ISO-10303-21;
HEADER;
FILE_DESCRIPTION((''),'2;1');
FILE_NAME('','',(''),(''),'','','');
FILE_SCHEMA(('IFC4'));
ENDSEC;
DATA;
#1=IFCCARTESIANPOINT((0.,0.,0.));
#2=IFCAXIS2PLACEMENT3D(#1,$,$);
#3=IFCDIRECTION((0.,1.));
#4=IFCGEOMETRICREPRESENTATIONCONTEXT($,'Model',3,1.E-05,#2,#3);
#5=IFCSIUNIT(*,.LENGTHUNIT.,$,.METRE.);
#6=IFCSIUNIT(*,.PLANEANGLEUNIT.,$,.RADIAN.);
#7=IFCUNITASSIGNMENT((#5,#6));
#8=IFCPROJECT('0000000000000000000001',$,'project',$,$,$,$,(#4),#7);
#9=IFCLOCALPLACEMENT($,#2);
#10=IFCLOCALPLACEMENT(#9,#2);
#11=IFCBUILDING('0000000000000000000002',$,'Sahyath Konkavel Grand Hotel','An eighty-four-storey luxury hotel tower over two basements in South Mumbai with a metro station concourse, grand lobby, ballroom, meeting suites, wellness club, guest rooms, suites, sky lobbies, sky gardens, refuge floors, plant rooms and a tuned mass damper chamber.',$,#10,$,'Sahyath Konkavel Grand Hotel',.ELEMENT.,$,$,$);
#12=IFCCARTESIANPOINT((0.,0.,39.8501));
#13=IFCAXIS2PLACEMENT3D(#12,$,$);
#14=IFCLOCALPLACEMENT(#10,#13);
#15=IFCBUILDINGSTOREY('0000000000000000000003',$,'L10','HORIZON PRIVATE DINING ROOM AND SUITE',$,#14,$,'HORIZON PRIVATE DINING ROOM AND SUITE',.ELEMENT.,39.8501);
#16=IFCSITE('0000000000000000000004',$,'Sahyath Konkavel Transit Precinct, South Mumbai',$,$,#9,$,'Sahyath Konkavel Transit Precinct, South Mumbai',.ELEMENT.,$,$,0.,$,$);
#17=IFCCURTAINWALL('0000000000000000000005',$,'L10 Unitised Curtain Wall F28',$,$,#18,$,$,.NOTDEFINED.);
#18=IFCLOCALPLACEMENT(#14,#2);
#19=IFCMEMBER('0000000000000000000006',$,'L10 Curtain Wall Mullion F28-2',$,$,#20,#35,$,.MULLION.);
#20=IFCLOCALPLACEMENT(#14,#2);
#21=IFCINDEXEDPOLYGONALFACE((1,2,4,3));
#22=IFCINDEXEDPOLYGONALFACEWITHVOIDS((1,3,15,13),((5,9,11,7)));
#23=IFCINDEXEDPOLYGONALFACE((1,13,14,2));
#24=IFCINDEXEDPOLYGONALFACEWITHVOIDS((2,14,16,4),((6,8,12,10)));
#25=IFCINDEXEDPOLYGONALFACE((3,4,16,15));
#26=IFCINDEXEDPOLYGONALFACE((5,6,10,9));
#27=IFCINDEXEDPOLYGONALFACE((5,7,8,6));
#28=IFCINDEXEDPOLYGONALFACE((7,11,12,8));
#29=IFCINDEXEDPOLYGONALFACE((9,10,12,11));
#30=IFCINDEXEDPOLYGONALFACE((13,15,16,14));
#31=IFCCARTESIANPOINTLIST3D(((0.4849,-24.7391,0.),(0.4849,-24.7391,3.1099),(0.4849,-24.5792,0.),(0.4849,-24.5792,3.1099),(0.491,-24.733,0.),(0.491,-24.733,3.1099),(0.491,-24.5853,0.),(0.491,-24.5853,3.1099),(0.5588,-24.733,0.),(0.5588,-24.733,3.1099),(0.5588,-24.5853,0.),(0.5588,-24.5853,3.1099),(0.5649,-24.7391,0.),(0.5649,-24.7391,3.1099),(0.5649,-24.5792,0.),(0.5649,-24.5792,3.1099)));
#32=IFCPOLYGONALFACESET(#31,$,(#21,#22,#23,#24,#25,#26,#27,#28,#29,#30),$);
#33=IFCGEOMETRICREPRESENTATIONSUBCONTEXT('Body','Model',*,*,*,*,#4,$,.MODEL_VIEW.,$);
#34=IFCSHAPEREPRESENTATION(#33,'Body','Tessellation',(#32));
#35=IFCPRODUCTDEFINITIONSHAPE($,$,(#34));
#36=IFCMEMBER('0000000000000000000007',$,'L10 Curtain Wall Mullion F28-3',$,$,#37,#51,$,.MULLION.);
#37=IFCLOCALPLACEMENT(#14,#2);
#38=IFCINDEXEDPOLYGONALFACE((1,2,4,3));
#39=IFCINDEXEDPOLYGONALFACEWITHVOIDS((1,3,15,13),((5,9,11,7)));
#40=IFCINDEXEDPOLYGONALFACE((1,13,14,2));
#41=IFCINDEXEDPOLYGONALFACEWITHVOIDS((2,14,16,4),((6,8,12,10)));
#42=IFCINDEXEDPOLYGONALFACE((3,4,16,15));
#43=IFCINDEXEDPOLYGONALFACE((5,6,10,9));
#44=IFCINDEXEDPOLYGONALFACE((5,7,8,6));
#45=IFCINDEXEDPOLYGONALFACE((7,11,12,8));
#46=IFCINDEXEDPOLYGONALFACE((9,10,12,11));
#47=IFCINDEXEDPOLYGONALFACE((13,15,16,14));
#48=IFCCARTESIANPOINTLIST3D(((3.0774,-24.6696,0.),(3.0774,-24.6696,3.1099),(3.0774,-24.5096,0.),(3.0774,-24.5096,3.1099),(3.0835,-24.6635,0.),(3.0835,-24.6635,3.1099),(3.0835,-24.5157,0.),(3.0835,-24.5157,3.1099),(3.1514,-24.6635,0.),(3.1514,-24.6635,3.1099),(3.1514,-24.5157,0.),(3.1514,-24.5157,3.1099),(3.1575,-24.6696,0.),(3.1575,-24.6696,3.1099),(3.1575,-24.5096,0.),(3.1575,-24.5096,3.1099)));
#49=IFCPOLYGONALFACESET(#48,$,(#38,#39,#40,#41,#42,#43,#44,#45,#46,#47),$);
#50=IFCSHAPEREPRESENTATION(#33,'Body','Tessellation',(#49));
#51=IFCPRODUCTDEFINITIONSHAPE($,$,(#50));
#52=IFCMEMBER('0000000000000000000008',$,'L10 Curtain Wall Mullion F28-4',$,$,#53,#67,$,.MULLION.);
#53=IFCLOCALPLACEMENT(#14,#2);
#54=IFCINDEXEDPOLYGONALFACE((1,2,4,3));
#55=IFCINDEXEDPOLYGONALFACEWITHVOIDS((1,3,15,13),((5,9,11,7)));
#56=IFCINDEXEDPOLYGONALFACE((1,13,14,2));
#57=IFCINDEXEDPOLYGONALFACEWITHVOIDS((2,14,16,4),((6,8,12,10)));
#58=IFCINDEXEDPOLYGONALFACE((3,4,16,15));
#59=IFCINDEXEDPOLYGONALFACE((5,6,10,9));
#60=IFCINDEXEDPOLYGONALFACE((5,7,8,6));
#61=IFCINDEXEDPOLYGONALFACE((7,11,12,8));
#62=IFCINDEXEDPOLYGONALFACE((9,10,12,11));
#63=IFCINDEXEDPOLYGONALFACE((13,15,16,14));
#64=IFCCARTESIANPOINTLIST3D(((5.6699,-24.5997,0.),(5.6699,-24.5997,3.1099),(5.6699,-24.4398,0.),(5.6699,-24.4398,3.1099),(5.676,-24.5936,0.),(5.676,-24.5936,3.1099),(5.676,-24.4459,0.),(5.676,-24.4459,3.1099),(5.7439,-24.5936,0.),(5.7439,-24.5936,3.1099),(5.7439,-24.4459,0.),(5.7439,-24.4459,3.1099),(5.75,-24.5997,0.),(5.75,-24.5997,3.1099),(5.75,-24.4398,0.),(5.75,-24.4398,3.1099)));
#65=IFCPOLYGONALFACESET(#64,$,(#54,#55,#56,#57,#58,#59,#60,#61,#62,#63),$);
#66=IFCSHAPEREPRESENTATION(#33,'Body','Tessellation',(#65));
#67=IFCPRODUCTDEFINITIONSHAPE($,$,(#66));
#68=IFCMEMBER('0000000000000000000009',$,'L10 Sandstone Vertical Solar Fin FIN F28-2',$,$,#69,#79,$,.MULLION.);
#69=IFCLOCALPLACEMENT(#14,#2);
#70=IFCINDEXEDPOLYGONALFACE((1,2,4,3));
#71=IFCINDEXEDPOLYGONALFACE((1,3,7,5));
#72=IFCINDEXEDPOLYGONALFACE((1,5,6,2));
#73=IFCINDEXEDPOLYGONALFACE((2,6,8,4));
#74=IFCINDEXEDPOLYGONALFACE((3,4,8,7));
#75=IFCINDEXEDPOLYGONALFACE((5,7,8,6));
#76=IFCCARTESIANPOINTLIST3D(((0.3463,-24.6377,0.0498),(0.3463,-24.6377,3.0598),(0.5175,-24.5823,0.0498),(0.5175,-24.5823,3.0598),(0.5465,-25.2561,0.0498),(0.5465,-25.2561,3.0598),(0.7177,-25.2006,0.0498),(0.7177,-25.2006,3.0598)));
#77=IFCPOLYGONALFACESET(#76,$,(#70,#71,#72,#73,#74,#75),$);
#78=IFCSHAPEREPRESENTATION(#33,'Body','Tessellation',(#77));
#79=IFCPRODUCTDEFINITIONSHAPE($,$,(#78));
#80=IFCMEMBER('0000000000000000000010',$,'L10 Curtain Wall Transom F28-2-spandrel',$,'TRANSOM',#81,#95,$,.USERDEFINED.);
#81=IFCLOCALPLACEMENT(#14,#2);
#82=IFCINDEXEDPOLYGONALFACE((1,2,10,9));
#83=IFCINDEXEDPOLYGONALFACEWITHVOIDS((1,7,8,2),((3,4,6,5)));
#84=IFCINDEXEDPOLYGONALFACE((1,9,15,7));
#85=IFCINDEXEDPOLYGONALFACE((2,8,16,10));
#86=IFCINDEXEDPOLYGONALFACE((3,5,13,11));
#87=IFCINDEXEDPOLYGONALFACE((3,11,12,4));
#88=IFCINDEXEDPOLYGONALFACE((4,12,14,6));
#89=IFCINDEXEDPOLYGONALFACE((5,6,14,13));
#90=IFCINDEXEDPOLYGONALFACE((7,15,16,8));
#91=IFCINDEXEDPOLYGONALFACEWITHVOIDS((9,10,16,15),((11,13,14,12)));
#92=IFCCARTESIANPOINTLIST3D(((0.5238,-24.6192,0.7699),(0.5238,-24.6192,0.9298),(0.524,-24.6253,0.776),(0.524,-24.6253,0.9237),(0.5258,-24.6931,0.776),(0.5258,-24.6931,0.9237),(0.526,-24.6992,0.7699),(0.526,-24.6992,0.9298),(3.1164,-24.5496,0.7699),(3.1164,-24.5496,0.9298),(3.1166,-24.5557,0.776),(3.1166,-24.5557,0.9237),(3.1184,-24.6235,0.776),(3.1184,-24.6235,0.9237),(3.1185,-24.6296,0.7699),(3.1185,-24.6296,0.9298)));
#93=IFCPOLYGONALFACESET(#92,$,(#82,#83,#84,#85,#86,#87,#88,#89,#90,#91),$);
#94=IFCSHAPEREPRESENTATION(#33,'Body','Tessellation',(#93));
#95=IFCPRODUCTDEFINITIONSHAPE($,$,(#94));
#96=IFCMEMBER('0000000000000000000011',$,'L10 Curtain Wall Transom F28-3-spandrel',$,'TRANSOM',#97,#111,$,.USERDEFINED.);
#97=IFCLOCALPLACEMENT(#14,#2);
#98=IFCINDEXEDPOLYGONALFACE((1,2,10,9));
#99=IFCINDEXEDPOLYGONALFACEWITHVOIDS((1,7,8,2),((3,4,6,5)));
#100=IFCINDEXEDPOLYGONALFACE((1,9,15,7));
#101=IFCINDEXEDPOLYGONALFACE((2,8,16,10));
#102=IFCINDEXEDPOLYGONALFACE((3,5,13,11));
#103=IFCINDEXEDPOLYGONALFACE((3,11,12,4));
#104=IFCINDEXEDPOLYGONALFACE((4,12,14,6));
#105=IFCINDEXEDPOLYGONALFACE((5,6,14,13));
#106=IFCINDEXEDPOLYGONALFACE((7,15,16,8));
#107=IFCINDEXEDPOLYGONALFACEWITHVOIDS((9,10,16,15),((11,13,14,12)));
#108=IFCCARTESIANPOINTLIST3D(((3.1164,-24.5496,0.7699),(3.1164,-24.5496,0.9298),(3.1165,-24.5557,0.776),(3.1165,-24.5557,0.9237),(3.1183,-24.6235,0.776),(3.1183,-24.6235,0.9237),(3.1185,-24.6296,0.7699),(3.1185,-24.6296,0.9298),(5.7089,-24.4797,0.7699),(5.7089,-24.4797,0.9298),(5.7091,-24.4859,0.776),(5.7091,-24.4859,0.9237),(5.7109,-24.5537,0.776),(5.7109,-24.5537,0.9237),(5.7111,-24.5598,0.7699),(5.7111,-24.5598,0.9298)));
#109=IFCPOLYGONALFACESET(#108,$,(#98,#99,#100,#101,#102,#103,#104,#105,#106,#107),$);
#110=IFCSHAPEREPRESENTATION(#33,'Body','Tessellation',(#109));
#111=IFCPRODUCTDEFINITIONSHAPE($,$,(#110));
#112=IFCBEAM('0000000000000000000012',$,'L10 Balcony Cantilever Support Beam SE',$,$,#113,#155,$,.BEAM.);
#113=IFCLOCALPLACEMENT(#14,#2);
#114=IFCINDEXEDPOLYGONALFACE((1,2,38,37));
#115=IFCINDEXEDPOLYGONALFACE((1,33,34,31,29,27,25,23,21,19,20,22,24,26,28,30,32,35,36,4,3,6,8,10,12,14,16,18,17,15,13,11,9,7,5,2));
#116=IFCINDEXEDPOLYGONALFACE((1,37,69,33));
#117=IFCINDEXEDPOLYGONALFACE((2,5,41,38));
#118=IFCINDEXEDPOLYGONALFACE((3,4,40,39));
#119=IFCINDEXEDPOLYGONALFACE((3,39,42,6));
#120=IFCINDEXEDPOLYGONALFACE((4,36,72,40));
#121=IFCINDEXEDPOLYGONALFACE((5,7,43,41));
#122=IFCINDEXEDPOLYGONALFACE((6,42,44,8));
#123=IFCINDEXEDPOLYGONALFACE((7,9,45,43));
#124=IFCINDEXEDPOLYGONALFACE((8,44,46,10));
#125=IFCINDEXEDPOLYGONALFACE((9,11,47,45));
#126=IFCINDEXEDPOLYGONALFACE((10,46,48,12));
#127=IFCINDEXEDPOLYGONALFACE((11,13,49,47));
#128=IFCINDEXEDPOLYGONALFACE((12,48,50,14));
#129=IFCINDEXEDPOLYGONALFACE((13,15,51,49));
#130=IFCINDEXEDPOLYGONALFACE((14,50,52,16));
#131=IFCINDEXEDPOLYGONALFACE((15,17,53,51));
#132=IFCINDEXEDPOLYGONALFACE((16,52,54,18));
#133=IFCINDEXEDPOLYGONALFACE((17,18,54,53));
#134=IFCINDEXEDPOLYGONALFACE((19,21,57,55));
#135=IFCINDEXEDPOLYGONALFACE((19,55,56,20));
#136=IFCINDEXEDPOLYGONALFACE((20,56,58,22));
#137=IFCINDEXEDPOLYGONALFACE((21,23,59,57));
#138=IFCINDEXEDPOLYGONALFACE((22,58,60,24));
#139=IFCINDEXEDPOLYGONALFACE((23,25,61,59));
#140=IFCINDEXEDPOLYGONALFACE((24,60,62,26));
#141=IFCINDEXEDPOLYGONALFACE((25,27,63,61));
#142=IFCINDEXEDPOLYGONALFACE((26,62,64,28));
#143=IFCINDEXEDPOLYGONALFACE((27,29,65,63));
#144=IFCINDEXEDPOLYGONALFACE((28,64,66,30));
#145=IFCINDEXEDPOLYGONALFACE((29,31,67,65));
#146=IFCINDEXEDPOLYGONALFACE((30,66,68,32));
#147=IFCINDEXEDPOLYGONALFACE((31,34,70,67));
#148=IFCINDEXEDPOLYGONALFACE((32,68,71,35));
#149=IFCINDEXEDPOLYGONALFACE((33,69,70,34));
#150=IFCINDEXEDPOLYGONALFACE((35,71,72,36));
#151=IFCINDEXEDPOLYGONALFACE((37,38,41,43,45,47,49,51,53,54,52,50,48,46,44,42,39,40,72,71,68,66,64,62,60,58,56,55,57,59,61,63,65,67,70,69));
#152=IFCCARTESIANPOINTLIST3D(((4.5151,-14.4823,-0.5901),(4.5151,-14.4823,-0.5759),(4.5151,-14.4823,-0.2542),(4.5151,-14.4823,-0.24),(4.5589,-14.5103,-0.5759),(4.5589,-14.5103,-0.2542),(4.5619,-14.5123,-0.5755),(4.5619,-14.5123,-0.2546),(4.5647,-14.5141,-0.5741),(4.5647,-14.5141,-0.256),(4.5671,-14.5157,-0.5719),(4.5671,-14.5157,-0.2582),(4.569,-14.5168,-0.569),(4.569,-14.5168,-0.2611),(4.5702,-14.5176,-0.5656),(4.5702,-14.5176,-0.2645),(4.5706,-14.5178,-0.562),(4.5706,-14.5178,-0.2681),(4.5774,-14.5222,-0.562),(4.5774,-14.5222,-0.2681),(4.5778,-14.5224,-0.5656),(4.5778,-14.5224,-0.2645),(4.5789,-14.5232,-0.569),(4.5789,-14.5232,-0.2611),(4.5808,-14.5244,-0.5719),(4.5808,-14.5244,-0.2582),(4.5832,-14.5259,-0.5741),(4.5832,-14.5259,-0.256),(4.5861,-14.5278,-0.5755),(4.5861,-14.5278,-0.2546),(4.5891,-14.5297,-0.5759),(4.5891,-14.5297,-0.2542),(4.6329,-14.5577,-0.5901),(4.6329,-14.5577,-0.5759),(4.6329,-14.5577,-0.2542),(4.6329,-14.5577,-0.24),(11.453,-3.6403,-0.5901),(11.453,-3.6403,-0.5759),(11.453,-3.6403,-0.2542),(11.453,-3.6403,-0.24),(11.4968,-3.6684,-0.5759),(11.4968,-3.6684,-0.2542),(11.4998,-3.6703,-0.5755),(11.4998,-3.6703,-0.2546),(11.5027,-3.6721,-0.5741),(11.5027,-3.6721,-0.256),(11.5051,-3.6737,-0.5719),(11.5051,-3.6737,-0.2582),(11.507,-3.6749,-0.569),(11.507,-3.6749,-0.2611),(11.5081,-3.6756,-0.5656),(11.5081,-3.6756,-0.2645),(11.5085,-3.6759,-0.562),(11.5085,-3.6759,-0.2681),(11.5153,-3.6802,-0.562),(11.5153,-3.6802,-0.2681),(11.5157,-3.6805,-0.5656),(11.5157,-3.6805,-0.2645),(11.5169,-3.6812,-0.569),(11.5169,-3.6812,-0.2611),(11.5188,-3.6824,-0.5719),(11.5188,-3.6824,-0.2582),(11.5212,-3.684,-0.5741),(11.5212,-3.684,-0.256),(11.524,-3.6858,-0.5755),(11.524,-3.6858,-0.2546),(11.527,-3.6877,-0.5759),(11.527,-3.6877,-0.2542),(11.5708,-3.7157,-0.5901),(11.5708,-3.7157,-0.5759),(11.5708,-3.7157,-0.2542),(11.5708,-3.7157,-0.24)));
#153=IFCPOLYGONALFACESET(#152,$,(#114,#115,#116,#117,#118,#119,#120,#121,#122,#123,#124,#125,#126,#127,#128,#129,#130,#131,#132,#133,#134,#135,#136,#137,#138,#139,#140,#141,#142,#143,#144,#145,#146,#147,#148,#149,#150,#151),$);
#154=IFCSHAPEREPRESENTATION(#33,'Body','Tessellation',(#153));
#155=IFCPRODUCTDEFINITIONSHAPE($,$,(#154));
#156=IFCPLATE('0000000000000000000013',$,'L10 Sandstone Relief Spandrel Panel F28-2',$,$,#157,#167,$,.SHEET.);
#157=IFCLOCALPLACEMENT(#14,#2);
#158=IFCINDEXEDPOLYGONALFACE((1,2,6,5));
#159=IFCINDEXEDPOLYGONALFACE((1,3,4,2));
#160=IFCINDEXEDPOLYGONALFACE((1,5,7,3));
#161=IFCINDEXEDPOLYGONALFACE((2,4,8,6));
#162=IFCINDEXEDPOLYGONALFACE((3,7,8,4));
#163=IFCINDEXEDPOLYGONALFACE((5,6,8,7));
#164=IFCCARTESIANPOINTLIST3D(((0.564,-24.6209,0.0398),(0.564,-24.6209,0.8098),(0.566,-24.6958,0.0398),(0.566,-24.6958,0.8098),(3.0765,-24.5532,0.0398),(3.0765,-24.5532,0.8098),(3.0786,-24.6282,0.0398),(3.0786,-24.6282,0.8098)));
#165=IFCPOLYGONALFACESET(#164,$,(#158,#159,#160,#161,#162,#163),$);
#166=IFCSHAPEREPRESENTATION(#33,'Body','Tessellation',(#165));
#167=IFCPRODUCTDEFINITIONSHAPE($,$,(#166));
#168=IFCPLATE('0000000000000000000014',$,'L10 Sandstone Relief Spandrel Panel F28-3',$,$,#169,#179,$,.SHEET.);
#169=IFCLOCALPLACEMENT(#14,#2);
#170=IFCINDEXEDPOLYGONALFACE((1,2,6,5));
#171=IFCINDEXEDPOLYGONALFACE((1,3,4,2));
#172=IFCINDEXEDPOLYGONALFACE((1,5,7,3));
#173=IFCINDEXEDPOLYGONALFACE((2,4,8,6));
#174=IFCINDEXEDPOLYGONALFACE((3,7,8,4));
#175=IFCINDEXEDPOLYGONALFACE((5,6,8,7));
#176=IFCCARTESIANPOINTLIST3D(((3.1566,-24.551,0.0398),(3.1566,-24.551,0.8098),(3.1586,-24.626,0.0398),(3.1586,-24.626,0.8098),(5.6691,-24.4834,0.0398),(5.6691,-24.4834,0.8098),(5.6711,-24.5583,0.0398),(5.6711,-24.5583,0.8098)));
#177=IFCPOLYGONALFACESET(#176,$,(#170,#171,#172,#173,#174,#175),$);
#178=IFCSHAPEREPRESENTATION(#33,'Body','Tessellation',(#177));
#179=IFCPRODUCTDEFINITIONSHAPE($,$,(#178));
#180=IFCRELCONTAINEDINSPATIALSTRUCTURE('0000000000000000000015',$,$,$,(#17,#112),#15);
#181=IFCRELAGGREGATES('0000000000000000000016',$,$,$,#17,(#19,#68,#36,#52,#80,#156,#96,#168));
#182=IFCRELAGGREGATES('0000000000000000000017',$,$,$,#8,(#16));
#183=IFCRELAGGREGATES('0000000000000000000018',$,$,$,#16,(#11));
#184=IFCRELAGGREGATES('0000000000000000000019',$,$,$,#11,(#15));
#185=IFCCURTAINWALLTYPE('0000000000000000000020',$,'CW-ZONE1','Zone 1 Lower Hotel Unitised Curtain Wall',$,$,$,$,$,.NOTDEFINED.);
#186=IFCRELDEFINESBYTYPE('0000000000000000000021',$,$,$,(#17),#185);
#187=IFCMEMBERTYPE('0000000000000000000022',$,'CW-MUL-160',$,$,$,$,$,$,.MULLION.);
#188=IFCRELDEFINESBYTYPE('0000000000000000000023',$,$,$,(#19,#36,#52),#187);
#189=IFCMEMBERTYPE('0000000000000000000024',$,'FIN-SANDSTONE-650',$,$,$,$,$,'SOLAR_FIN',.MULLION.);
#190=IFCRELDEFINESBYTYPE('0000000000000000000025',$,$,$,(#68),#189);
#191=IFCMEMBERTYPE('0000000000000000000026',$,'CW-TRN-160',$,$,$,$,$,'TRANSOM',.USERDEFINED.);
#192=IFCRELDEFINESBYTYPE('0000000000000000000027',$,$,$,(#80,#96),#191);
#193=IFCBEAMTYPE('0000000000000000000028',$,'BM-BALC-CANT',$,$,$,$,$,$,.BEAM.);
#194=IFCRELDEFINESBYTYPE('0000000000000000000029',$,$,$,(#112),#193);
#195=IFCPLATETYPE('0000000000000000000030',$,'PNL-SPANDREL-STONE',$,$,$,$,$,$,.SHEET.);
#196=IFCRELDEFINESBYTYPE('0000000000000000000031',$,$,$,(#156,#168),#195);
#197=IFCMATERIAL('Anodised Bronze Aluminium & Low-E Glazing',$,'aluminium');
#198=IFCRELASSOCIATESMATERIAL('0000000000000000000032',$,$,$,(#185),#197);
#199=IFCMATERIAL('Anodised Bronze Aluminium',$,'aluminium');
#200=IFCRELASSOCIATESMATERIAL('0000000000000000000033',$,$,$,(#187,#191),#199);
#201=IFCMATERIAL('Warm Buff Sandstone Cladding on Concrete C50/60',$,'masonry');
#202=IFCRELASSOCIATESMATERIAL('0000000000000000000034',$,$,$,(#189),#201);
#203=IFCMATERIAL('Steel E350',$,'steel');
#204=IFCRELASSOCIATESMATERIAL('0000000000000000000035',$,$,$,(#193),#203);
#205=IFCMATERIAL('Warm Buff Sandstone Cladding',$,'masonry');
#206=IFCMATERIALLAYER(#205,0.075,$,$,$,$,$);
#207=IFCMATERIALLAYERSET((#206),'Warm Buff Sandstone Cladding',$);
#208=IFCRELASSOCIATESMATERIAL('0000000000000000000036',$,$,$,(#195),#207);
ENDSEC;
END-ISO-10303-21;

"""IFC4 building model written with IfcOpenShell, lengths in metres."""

from ifc_helpers import new_model, si_unit, direction, frame, origin, origin_2d, place, context, subcontext, project, spatial, rectangle, hollow_rectangle, i_section, extrude, source, transform, mapped, material, layer, layer_set, material_profile, profile_set, type_object, element, aggregate, save


model = new_model("IFC4")

# Units and contexts
model_context = context("Model", 3, precision=1e-05, world=origin(), true_north=direction((0.0, 1.0)))
body_context = subcontext(model_context, "Body", "Model", "MODEL_VIEW")
ifc_project = project(units=[si_unit("LENGTHUNIT", "METRE"), si_unit("PLANEANGLEUNIT", "RADIAN")], contexts=[model_context])

# Site, building, storey
site_placement = place(None, origin())
site = spatial("IfcSite", under=ifc_project, at=site_placement, Name="Sahyath Konkavel Transit Precinct, South Mumbai", LongName="Sahyath Konkavel Transit Precinct, South Mumbai", CompositionType="ELEMENT", RefElevation=0.0)
building_placement = place(site_placement, origin())
building = spatial("IfcBuilding", under=site, at=building_placement, Name="Sahyath Konkavel Grand Hotel", Description="An eighty-four-storey luxury hotel tower over two basements in South Mumbai with a metro station concourse, grand lobby, ballroom, meeting suites, wellness club, guest rooms, suites, sky lobbies, sky gardens, refuge floors, plant rooms and a tuned mass damper chamber.", LongName="Sahyath Konkavel Grand Hotel", CompositionType="ELEMENT")
storey_placement = place(building_placement, frame((0.0, 0.0, 39.8501)))
storey = spatial("IfcBuildingStorey", under=building, at=storey_placement, Name="L10", Description="HORIZON PRIVATE DINING ROOM AND SUITE", LongName="HORIZON PRIVATE DINING ROOM AND SUITE", CompositionType="ELEMENT", Elevation=39.8501)

# Curtain wall, members
ifc_material_1 = material(Name="Anodised Bronze Aluminium & Low-E Glazing", Category="aluminium")
curtain_wall_type = type_object("IfcCurtainWallType", Name="CW-ZONE1", Description="Zone 1 Lower Hotel Unitised Curtain Wall", PredefinedType="NOTDEFINED", material=ifc_material_1)
curtain_wall_placement = place(storey_placement, origin())
curtain_wall = element("IfcCurtainWall", 1, at=curtain_wall_placement, inside=storey, type_object=curtain_wall_type, Name="L10 Unitised Curtain Wall F28", PredefinedType="NOTDEFINED")
ifc_material_2 = material(Name="Anodised Bronze Aluminium", Category="aluminium")
ifc_material_profile_1 = material_profile(ifc_material_2, hollow_rectangle(XDim=0.0801, YDim=0.1599, WallThickness=0.0061, at=origin_2d()), Name="RHS 160x80x6")
ifc_profile_set_1 = profile_set([ifc_material_profile_1], Name="Anodised Bronze Aluminium")
member_type_1 = type_object("IfcMemberType", Name="CW-MUL-160", PredefinedType="MULLION", material=ifc_profile_set_1)
shared_shape_1 = source(origin(), body_context, "Body", "SweptSolid", [
    extrude(hollow_rectangle(XDim=0.0801, YDim=0.1599, WallThickness=0.0061, at=origin_2d()), origin(), (0.0, 0.0, 1.0), 3.1099),
])
member_1_placement = place(storey_placement, frame((0.5249, -24.6592, 0.0), z_axis=(0.0, 0.0, 1.0), x_axis=(1.0, 0.0, 0.0)))
member_1 = element("IfcMember", 2, at=member_1_placement, type_object=member_type_1, Name="L10 Curtain Wall Mullion F28-2", PredefinedType="MULLION", context=body_context, shape_type="MappedRepresentation", body=[
    mapped(shared_shape_1, transform((0.0, 0.0, 0.0), scale=1.0)),
])
member_2_placement = place(storey_placement, frame((3.1174, -24.5896, 0.0), z_axis=(0.0, 0.0, 1.0), x_axis=(1.0, 0.0, 0.0)))
member_2 = element("IfcMember", 3, at=member_2_placement, type_object=member_type_1, Name="L10 Curtain Wall Mullion F28-3", PredefinedType="MULLION", context=body_context, shape_type="MappedRepresentation", body=[
    mapped(shared_shape_1, transform((0.0, 0.0, 0.0), scale=1.0)),
])
member_3_placement = place(storey_placement, frame((5.71, -24.5198, 0.0), z_axis=(0.0, 0.0, 1.0), x_axis=(1.0, 0.0, 0.0)))
member_3 = element("IfcMember", 4, at=member_3_placement, type_object=member_type_1, Name="L10 Curtain Wall Mullion F28-4", PredefinedType="MULLION", context=body_context, shape_type="MappedRepresentation", body=[
    mapped(shared_shape_1, transform((0.0, 0.0, 0.0), scale=1.0)),
])
ifc_material_3 = material(Name="Warm Buff Sandstone Cladding on Concrete C50/60", Category="masonry")
ifc_material_profile_2 = material_profile(ifc_material_3, rectangle(XDim=0.1799, YDim=0.6499, at=origin_2d()), Name="FIN 180x650")
ifc_profile_set_2 = profile_set([ifc_material_profile_2], Name="Warm Buff Sandstone Cladding on Concrete C50/60")
member_type_2 = type_object("IfcMemberType", Name="FIN-SANDSTONE-650", ElementType="SOLAR_FIN", PredefinedType="MULLION", material=ifc_profile_set_2)
shared_shape_2 = source(origin(), body_context, "Body", "SweptSolid", [
    extrude(rectangle(XDim=0.1799, YDim=0.6499, at=origin_2d()), origin(), (0.0, 0.0, 1.0), 3.01),
])
member_4_placement = place(storey_placement, frame((0.532, -24.9192, 0.0498), z_axis=(0.0, 0.0, 1.0), x_axis=(0.95138, 0.308021, 0.0)))
member_4 = element("IfcMember", 5, at=member_4_placement, type_object=member_type_2, Name="L10 Sandstone Vertical Solar Fin FIN F28-2", PredefinedType="MULLION", context=body_context, shape_type="MappedRepresentation", body=[
    mapped(shared_shape_2, transform((0.0, 0.0, 0.0), scale=1.0)),
])
ifc_material_profile_3 = material_profile(ifc_material_2, hollow_rectangle(XDim=0.0801, YDim=0.1599, WallThickness=0.0061, at=origin_2d()), Name="RHS 160x80x6")
ifc_profile_set_3 = profile_set([ifc_material_profile_3], Name="Anodised Bronze Aluminium")
member_type_3 = type_object("IfcMemberType", Name="CW-TRN-160", ElementType="TRANSOM", PredefinedType="USERDEFINED", material=ifc_profile_set_3)
shared_shape_3 = source(origin(), body_context, "Body", "SweptSolid", [
    extrude(hollow_rectangle(XDim=0.0801, YDim=0.1599, WallThickness=0.0061, at=origin_2d()), origin(), (0.0, 0.0, 1.0), 2.5935),
])
member_5_placement = place(storey_placement, frame((0.5249, -24.6592, 0.8499), z_axis=(0.99964, 0.026829, 0.0), x_axis=(-0.026829, 0.99964, 0.0)))
member_5 = element("IfcMember", 6, at=member_5_placement, type_object=member_type_3, Name="L10 Curtain Wall Transom F28-2-spandrel", ObjectType="TRANSOM", PredefinedType="USERDEFINED", context=body_context, shape_type="MappedRepresentation", body=[
    mapped(shared_shape_3, transform((0.0, 0.0, 0.0), scale=1.0)),
])
member_6_placement = place(storey_placement, frame((3.1174, -24.5896, 0.8499), z_axis=(0.999638, 0.026923, 0.0), x_axis=(-0.026923, 0.999638, 0.0)))
member_6 = element("IfcMember", 7, at=member_6_placement, type_object=member_type_3, Name="L10 Curtain Wall Transom F28-3-spandrel", ObjectType="TRANSOM", PredefinedType="USERDEFINED", context=body_context, shape_type="MappedRepresentation", body=[
    mapped(shared_shape_3, transform((0.0, 0.0, 0.0), scale=1.0)),
])

# Beam
ifc_material_4 = material(Name="Steel E350", Category="steel")
ifc_material_profile_4 = material_profile(ifc_material_4, i_section(OverallWidth=0.1399, OverallDepth=0.3501, WebThickness=0.0081, FlangeThickness=0.0142, FilletRadius=0.0139, at=origin_2d()), Name="ISMB 350")
ifc_profile_set_4 = profile_set([ifc_material_profile_4], Name="Steel E350")
beam_type = type_object("IfcBeamType", Name="BM-BALC-CANT", PredefinedType="BEAM", material=ifc_profile_set_4)
shared_shape_4 = source(origin(), body_context, "Body", "SweptSolid", [
    extrude(i_section(OverallWidth=0.1399, OverallDepth=0.3501, WebThickness=0.0081, FlangeThickness=0.0142, FilletRadius=0.0139, at=origin_2d()), origin(), (0.0, 0.0, 1.0), 12.8718),
])
beam_placement = place(storey_placement, frame((4.574, -14.52, -0.415), z_axis=(0.539003, 0.842304, 0.0), x_axis=(-0.842304, 0.539003, 0.0)))
element("IfcBeam", 8, at=beam_placement, inside=storey, type_object=beam_type, Name="L10 Balcony Cantilever Support Beam SE", PredefinedType="BEAM", context=body_context, shape_type="MappedRepresentation", body=[
    mapped(shared_shape_4, transform((0.0, 0.0, 0.0), scale=1.0)),
])

# Plates
ifc_material_5 = material(Name="Warm Buff Sandstone Cladding", Category="masonry")
ifc_layer_1 = layer(ifc_material_5, 0.075)
ifc_layer_set_1 = layer_set([ifc_layer_1], Name="Warm Buff Sandstone Cladding")
plate_type_1 = type_object("IfcPlateType", Name="PNL-SPANDREL-STONE", PredefinedType="SHEET", material=ifc_layer_set_1)
shared_shape_5 = source(origin(), body_context, "Body", "SweptSolid", [
    extrude(rectangle(XDim=2.5134, YDim=0.075, at=origin_2d()), origin(), (0.0, 0.0, 1.0), 0.77),
])
plate_1_placement = place(storey_placement, frame((1.8213, -24.6245, 0.0398), z_axis=(0.0, 0.0, 1.0), x_axis=(0.999638, 0.02691, 0.0)))
plate_1 = element("IfcPlate", 9, at=plate_1_placement, type_object=plate_type_1, Name="L10 Sandstone Relief Spandrel Panel F28-2", PredefinedType="SHEET", context=body_context, shape_type="MappedRepresentation", body=[
    mapped(shared_shape_5, transform((0.0, 0.0, 0.0), scale=1.0)),
])
plate_2_placement = place(storey_placement, frame((4.4138, -24.5547, 0.0398), z_axis=(0.0, 0.0, 1.0), x_axis=(0.999638, 0.02691, 0.0)))
plate_2 = element("IfcPlate", 10, at=plate_2_placement, type_object=plate_type_1, Name="L10 Sandstone Relief Spandrel Panel F28-3", PredefinedType="SHEET", context=body_context, shape_type="MappedRepresentation", body=[
    mapped(shared_shape_5, transform((0.0, 0.0, 0.0), scale=1.0)),
])
aggregate(curtain_wall, [member_1, member_4, member_2, member_3, member_5, plate_1, member_6, plate_2])

save(model, "model.ifc")
